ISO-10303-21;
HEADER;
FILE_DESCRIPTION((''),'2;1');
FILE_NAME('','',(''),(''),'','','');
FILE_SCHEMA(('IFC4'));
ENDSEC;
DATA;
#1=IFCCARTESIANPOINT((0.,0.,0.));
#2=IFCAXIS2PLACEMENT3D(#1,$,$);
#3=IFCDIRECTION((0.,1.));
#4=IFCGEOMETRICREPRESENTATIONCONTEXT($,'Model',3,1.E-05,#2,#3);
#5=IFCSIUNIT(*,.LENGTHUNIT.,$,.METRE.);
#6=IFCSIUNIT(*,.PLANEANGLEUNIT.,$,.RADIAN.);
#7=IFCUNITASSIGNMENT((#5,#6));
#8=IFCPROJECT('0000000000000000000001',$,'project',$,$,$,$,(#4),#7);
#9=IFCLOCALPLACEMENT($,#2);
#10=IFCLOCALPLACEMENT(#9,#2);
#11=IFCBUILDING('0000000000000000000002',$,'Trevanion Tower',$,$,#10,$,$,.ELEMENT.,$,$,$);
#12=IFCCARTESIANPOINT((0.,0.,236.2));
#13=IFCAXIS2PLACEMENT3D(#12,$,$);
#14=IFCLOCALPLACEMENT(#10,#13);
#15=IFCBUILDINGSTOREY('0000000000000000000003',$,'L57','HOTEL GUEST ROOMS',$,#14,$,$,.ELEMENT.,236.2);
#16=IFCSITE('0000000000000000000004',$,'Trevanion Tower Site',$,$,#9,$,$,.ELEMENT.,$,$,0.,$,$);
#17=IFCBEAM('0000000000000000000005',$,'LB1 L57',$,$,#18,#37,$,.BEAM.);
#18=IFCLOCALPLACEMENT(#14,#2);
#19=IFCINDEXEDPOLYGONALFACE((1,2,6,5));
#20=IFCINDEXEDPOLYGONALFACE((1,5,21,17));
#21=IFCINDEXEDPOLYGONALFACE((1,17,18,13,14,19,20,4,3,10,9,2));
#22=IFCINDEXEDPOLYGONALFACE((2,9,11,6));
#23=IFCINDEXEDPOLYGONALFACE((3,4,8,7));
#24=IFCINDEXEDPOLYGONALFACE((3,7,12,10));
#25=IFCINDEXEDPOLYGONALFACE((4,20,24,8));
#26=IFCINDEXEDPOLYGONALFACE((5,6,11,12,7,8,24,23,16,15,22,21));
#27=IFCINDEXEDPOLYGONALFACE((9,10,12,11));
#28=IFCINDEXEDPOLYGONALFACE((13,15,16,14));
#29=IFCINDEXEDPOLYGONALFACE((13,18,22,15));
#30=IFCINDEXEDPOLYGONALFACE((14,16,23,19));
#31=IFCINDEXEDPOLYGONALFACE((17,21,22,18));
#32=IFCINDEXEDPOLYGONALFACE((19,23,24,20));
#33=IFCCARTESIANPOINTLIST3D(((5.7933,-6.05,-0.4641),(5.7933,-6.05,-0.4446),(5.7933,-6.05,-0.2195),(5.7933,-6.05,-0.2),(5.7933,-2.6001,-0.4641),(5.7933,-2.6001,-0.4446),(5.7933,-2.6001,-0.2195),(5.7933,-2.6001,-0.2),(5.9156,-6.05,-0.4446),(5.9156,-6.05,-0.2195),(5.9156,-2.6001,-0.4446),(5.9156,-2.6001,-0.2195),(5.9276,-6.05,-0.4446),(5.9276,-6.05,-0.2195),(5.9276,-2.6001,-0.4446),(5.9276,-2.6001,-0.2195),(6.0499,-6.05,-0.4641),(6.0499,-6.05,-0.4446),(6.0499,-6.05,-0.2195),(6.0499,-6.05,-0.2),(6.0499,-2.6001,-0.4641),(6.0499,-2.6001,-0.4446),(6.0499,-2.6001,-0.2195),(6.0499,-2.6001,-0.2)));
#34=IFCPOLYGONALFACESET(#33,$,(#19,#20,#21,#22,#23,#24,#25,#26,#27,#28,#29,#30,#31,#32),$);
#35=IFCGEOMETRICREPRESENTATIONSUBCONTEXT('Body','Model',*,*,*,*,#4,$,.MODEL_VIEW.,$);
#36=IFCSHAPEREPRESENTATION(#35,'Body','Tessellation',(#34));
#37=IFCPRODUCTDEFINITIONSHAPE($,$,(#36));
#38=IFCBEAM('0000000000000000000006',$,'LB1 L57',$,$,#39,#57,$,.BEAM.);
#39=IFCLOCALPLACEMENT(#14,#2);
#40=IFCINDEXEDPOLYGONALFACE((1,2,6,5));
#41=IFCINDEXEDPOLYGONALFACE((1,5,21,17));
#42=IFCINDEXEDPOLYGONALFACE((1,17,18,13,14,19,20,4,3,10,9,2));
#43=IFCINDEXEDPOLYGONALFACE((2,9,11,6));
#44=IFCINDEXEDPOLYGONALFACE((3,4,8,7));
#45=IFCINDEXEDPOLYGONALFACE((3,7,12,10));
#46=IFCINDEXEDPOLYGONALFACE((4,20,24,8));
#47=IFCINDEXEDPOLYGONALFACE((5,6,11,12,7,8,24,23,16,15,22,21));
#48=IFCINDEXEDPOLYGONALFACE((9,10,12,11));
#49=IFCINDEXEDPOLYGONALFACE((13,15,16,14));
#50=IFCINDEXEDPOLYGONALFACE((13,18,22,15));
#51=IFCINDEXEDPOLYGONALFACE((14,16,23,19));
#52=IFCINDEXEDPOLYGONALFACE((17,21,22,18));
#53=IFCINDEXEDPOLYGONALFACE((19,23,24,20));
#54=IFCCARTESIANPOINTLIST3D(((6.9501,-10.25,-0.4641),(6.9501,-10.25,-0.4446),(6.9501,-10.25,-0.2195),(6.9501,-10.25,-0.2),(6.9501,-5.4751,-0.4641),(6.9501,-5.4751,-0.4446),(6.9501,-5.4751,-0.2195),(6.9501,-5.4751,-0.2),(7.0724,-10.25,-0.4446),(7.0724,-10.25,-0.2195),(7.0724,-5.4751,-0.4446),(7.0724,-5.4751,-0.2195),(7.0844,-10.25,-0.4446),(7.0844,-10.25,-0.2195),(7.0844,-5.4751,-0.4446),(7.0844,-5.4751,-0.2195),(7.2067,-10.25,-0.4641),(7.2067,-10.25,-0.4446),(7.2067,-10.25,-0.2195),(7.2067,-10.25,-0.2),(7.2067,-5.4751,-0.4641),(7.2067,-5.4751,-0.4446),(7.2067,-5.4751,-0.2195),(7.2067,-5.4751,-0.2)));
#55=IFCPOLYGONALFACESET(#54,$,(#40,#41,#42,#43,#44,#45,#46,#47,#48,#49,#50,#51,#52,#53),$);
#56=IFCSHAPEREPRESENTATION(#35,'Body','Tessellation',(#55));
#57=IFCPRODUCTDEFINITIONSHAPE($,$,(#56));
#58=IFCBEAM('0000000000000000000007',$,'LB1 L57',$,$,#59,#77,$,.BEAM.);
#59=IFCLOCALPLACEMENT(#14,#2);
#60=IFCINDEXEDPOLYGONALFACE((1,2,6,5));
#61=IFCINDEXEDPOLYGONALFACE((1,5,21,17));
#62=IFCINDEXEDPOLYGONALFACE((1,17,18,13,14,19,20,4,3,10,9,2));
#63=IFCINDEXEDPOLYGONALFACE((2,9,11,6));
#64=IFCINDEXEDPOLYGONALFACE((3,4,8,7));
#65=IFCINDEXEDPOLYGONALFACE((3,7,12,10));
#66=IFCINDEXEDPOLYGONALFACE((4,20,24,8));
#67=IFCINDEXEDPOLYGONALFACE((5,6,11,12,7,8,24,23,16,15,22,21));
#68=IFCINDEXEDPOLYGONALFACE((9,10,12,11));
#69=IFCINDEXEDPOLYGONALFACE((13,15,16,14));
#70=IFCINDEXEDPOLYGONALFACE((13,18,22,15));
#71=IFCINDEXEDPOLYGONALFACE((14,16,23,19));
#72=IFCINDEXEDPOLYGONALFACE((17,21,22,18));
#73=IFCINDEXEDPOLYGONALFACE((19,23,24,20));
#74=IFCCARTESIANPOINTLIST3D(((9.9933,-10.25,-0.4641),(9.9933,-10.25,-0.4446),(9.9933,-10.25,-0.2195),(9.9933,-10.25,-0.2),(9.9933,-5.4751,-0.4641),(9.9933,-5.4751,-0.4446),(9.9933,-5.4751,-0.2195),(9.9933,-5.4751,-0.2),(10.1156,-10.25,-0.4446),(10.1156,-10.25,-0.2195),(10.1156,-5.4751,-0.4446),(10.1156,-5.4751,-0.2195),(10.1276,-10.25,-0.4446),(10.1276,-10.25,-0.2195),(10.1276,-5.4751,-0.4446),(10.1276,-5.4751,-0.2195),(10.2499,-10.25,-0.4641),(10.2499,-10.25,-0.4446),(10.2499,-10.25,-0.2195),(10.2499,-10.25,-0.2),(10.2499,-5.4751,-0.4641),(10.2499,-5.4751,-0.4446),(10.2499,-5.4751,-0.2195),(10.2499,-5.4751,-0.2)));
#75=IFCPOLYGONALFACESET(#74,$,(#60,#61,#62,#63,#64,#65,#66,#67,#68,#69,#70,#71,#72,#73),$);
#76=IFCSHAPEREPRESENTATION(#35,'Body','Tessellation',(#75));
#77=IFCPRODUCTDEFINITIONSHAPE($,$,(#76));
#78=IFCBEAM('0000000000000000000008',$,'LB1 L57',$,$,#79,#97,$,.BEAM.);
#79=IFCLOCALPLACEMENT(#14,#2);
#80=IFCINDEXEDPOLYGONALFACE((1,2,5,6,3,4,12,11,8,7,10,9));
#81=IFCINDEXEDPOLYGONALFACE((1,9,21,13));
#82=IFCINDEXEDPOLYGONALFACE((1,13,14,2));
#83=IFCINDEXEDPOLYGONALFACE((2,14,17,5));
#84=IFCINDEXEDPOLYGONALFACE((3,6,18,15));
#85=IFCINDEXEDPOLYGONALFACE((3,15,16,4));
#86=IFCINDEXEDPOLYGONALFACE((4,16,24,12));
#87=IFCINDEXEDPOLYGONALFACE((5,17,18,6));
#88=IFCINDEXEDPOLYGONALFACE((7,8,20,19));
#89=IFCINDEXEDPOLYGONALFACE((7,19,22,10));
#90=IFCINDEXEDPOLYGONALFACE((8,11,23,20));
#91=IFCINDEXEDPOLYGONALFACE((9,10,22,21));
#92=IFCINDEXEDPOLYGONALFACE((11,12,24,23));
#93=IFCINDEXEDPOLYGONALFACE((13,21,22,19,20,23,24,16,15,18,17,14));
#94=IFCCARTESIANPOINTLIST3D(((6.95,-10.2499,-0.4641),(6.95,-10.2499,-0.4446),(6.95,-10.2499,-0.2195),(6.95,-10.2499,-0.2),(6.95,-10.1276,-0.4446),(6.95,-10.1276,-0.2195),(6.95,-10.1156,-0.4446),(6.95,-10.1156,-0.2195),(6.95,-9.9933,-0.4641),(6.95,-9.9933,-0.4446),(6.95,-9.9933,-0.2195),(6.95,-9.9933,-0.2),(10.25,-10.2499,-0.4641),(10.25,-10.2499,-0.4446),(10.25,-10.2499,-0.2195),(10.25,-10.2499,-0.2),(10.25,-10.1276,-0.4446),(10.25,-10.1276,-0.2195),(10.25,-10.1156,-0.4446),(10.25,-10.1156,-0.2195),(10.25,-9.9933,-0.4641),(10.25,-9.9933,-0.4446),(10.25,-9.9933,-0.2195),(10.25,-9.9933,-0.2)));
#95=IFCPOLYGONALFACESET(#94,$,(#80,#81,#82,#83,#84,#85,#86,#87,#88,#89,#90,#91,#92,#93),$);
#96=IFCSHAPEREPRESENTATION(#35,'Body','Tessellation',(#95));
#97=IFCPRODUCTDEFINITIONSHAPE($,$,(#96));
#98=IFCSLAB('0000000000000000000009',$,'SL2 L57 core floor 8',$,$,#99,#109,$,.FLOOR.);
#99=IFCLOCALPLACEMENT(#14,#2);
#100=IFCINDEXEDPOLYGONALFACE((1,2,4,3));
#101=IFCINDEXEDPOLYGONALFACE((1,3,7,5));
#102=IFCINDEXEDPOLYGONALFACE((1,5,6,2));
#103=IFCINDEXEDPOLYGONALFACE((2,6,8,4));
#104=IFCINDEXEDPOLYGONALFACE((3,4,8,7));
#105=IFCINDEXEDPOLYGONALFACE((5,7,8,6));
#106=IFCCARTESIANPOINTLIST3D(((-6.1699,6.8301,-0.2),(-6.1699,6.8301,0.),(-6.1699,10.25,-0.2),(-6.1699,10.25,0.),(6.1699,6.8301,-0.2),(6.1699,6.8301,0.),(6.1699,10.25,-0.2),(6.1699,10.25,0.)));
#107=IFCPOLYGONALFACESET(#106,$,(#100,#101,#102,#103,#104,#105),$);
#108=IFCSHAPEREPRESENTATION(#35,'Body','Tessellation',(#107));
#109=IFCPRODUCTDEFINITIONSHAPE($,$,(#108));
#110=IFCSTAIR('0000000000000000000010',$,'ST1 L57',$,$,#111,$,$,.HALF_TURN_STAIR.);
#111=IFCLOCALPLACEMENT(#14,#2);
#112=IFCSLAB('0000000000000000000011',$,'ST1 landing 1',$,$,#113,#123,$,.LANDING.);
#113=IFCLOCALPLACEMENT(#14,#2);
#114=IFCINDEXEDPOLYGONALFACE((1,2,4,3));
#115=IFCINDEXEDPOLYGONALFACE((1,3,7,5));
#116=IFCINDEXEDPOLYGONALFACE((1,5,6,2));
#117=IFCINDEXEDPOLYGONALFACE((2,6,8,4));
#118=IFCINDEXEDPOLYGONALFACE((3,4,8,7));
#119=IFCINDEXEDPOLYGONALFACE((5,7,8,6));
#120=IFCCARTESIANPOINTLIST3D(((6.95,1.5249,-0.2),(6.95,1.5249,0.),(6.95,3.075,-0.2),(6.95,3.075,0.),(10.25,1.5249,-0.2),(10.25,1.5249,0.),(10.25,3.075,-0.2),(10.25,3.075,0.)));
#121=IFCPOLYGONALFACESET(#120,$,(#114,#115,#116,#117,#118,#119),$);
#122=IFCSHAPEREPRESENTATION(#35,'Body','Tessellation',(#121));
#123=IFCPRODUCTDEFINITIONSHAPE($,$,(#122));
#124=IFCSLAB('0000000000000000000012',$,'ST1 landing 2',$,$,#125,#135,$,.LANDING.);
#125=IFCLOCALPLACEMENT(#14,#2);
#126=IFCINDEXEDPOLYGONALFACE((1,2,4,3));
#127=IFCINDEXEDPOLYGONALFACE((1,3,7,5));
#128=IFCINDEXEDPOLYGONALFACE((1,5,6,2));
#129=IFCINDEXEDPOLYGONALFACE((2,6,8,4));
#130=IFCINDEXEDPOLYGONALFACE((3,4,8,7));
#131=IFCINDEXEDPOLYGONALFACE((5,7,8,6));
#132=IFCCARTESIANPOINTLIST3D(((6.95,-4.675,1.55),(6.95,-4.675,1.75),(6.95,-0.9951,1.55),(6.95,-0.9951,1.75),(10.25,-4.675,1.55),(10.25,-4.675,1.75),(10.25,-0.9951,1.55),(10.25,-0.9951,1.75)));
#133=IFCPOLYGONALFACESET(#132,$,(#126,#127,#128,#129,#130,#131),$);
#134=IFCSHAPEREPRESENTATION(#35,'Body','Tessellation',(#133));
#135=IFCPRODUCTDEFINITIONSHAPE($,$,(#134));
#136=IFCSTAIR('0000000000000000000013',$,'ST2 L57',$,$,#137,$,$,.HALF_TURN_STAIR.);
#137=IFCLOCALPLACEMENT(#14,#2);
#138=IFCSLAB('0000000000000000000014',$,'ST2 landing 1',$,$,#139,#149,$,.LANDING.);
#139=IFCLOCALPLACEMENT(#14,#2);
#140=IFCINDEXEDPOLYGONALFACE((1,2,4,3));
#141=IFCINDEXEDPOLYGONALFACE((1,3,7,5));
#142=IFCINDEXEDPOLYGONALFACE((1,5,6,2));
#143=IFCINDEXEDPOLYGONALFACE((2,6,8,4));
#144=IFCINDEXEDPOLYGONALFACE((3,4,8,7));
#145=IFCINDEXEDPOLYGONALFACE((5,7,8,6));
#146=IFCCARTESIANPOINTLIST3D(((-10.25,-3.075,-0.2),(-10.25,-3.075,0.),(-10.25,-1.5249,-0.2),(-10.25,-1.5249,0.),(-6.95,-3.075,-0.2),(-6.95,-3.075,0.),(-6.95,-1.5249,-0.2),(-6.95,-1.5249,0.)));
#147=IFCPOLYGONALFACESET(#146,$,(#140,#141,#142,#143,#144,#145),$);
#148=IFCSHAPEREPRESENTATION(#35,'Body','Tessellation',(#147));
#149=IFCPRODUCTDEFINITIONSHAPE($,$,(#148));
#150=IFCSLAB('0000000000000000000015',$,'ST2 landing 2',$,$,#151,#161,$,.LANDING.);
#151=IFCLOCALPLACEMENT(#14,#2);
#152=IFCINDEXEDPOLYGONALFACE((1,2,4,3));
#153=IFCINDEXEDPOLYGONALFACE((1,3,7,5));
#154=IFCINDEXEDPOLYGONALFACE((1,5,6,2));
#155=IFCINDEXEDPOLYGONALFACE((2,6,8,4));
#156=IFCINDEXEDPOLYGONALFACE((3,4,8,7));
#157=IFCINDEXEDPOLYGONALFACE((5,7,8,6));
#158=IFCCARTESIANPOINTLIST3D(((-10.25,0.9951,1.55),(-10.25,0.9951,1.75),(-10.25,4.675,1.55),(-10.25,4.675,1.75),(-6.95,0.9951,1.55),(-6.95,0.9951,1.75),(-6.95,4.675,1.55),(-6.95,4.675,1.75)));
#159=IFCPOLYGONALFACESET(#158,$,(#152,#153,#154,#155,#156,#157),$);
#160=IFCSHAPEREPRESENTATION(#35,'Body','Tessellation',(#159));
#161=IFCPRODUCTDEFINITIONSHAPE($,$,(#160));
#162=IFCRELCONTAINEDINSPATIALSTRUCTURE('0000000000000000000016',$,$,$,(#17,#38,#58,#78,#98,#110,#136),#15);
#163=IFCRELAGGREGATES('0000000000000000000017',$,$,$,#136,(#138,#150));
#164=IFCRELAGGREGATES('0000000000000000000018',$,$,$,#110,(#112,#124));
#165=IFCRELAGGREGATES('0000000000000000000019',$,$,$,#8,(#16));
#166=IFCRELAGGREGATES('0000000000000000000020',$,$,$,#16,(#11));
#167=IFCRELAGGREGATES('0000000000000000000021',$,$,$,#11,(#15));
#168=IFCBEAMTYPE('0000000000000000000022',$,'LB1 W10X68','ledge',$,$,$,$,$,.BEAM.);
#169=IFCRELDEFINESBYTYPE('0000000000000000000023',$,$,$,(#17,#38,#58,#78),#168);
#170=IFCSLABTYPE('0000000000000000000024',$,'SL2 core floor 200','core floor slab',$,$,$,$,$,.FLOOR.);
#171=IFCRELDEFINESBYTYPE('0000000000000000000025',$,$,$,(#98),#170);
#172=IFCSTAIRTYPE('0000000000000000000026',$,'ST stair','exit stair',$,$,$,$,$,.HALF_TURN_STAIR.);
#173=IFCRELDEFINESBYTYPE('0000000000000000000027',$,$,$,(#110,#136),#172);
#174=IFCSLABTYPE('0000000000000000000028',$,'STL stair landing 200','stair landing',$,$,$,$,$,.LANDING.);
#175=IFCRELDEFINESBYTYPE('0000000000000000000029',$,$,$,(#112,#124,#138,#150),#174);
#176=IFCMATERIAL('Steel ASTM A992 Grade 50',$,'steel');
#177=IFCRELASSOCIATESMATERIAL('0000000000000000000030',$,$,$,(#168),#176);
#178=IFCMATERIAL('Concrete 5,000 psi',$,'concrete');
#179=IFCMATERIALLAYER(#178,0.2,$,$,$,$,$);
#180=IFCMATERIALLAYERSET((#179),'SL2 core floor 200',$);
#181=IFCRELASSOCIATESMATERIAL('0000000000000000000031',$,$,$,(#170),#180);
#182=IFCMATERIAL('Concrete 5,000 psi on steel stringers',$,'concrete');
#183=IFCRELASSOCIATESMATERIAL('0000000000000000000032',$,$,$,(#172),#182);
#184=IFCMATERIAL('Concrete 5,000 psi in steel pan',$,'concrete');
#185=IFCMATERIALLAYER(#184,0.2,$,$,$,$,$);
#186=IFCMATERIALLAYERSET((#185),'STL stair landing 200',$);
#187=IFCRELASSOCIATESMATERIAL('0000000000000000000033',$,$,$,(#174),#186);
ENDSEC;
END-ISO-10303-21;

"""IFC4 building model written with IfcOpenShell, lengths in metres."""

from ifc_helpers import new_model, si_unit, direction, frame, origin, origin_2d, place, context, subcontext, project, spatial, polyline, i_section, outline, extrude, material, layer, layer_set, material_profile, profile_set, type_object, element, aggregate, save


model = new_model("IFC4")

# Units and contexts
model_context = context("Model", 3, precision=1e-05, world=origin(), true_north=direction((0.0, 1.0)))
body_context = subcontext(model_context, "Body", "Model", "MODEL_VIEW")
ifc_project = project(units=[si_unit("LENGTHUNIT", "METRE"), si_unit("PLANEANGLEUNIT", "RADIAN")], contexts=[model_context])

# Site, building, storey
site_placement = place(None, origin())
site = spatial("IfcSite", under=ifc_project, at=site_placement, Name="Trevanion Tower Site", CompositionType="ELEMENT", RefElevation=0.0)
building_placement = place(site_placement, origin())
building = spatial("IfcBuilding", under=site, at=building_placement, Name="Trevanion Tower", CompositionType="ELEMENT")
storey_placement = place(building_placement, frame((0.0, 0.0, 236.2)))
storey = spatial("IfcBuildingStorey", under=building, at=storey_placement, Name="L57", Description="HOTEL GUEST ROOMS", CompositionType="ELEMENT", Elevation=236.2)

# Beams
ifc_material_1 = material(Name="Steel ASTM A992 Grade 50", Category="steel")
ifc_material_profile = material_profile(ifc_material_1, i_section(OverallWidth=0.2566, OverallDepth=0.2642, WebThickness=0.012, FlangeThickness=0.0195, at=origin_2d()), Name="W10X68")
ifc_profile_set = profile_set([ifc_material_profile], Name="Steel ASTM A992 Grade 50")
beam_type = type_object("IfcBeamType", Name="LB1 W10X68", Description="ledge", PredefinedType="BEAM", material=ifc_profile_set)
beam_1_placement = place(storey_placement, frame((5.9216, -6.05, -0.332), z_axis=(0.0, 1.0, 0.0), x_axis=(-1.0, 0.0, 0.0)))
element("IfcBeam", 1, at=beam_1_placement, inside=storey, type_object=beam_type, Name="LB1 L57", PredefinedType="BEAM", context=body_context, shape_type="SweptSolid", body=[
    extrude(i_section(OverallWidth=0.2566, OverallDepth=0.2642, WebThickness=0.012, FlangeThickness=0.0195, at=origin_2d()), origin(), (0.0, 0.0, 1.0), 3.45),
])
for number, where, z_axis, x_axis, name in (
    (2, (7.0784, -10.25, -0.332), (0.0, 1.0, 0.0), (-1.0, 0.0, 0.0), "LB1 L57"),
    (3, (10.1216, -10.25, -0.332), (0.0, 1.0, 0.0), (-1.0, 0.0, 0.0), "LB1 L57"),
):
    element("IfcBeam", number, at=place(storey_placement, frame(where, z_axis=z_axis, x_axis=x_axis)), inside=storey, type_object=beam_type, Name=name, PredefinedType="BEAM", context=body_context, shape_type="SweptSolid", body=[
        extrude(i_section(OverallWidth=0.2566, OverallDepth=0.2642, WebThickness=0.012, FlangeThickness=0.0195, at=origin_2d()), origin(), (0.0, 0.0, 1.0), 4.7749),
    ])
beam_2_placement = place(storey_placement, frame((6.95, -10.1216, -0.332), z_axis=(1.0, 0.0, 0.0), x_axis=(0.0, 1.0, 0.0)))
element("IfcBeam", 4, at=beam_2_placement, inside=storey, type_object=beam_type, Name="LB1 L57", PredefinedType="BEAM", context=body_context, shape_type="SweptSolid", body=[
    extrude(i_section(OverallWidth=0.2566, OverallDepth=0.2642, WebThickness=0.012, FlangeThickness=0.0195, at=origin_2d()), origin(), (0.0, 0.0, 1.0), 3.3),
])

# Slab
ifc_material_2 = material(Name="Concrete 5,000 psi", Category="concrete")
ifc_layer_1 = layer(ifc_material_2, 0.2)
ifc_layer_set_1 = layer_set([ifc_layer_1], Name="SL2 core floor 200")
slab_type_1 = type_object("IfcSlabType", Name="SL2 core floor 200", Description="core floor slab", PredefinedType="FLOOR", material=ifc_layer_set_1)
slab_1_placement = place(storey_placement, frame((0.0, 0.0, -0.2)))
element("IfcSlab", 5, at=slab_1_placement, inside=storey, type_object=slab_type_1, Name="SL2 L57 core floor 8", PredefinedType="FLOOR", context=body_context, shape_type="SweptSolid", body=[
    extrude(outline(polyline([(6.1699, 6.8301), (-6.1699, 6.8301), (-6.1699, 10.25), (6.1699, 10.25), (6.1699, 6.8301)])), origin(), (0.0, 0.0, 1.0), 0.2),
])

# Stairs, slabs
ifc_material_3 = material(Name="Concrete 5,000 psi on steel stringers", Category="concrete")
stair_type = type_object("IfcStairType", Name="ST stair", Description="exit stair", PredefinedType="HALF_TURN_STAIR", material=ifc_material_3)
stair_1_placement = place(storey_placement, origin())
stair_1 = element("IfcStair", 6, at=stair_1_placement, inside=storey, type_object=stair_type, Name="ST1 L57", PredefinedType="HALF_TURN_STAIR")
ifc_material_4 = material(Name="Concrete 5,000 psi in steel pan", Category="concrete")
ifc_layer_2 = layer(ifc_material_4, 0.2)
ifc_layer_set_2 = layer_set([ifc_layer_2], Name="STL stair landing 200")
slab_type_2 = type_object("IfcSlabType", Name="STL stair landing 200", Description="stair landing", PredefinedType="LANDING", material=ifc_layer_set_2)
slab_2_placement = place(storey_placement, frame((0.0, 0.0, -0.2)))
slab_2 = element("IfcSlab", 7, at=slab_2_placement, type_object=slab_type_2, Name="ST1 landing 1", PredefinedType="LANDING", context=body_context, shape_type="SweptSolid", body=[
    extrude(outline(polyline([(6.95, 1.5249), (10.25, 1.5249), (10.25, 3.075), (6.95, 3.075), (6.95, 1.5249)])), origin(), (0.0, 0.0, 1.0), 0.2),
])
slab_3_placement = place(storey_placement, frame((0.0, 0.0, 1.55)))
slab_3 = element("IfcSlab", 8, at=slab_3_placement, type_object=slab_type_2, Name="ST1 landing 2", PredefinedType="LANDING", context=body_context, shape_type="SweptSolid", body=[
    extrude(outline(polyline([(6.95, -4.675), (10.25, -4.675), (10.25, -0.9951), (6.95, -0.9951), (6.95, -4.675)])), origin(), (0.0, 0.0, 1.0), 0.2),
])
stair_2_placement = place(storey_placement, origin())
stair_2 = element("IfcStair", 9, at=stair_2_placement, inside=storey, type_object=stair_type, Name="ST2 L57", PredefinedType="HALF_TURN_STAIR")
slab_4_placement = place(storey_placement, frame((0.0, 0.0, -0.2)))
slab_4 = element("IfcSlab", 10, at=slab_4_placement, type_object=slab_type_2, Name="ST2 landing 1", PredefinedType="LANDING", context=body_context, shape_type="SweptSolid", body=[
    extrude(outline(polyline([(-6.95, -1.5249), (-10.25, -1.5249), (-10.25, -3.075), (-6.95, -3.075), (-6.95, -1.5249)])), origin(), (0.0, 0.0, 1.0), 0.2),
])
slab_5_placement = place(storey_placement, frame((0.0, 0.0, 1.55)))
slab_5 = element("IfcSlab", 11, at=slab_5_placement, type_object=slab_type_2, Name="ST2 landing 2", PredefinedType="LANDING", context=body_context, shape_type="SweptSolid", body=[
    extrude(outline(polyline([(-6.95, 4.675), (-10.25, 4.675), (-10.25, 0.9951), (-6.95, 0.9951), (-6.95, 4.675)])), origin(), (0.0, 0.0, 1.0), 0.2),
])
aggregate(stair_2, [slab_4, slab_5])

aggregate(stair_1, [slab_2, slab_3])

save(model, "model.ifc")
